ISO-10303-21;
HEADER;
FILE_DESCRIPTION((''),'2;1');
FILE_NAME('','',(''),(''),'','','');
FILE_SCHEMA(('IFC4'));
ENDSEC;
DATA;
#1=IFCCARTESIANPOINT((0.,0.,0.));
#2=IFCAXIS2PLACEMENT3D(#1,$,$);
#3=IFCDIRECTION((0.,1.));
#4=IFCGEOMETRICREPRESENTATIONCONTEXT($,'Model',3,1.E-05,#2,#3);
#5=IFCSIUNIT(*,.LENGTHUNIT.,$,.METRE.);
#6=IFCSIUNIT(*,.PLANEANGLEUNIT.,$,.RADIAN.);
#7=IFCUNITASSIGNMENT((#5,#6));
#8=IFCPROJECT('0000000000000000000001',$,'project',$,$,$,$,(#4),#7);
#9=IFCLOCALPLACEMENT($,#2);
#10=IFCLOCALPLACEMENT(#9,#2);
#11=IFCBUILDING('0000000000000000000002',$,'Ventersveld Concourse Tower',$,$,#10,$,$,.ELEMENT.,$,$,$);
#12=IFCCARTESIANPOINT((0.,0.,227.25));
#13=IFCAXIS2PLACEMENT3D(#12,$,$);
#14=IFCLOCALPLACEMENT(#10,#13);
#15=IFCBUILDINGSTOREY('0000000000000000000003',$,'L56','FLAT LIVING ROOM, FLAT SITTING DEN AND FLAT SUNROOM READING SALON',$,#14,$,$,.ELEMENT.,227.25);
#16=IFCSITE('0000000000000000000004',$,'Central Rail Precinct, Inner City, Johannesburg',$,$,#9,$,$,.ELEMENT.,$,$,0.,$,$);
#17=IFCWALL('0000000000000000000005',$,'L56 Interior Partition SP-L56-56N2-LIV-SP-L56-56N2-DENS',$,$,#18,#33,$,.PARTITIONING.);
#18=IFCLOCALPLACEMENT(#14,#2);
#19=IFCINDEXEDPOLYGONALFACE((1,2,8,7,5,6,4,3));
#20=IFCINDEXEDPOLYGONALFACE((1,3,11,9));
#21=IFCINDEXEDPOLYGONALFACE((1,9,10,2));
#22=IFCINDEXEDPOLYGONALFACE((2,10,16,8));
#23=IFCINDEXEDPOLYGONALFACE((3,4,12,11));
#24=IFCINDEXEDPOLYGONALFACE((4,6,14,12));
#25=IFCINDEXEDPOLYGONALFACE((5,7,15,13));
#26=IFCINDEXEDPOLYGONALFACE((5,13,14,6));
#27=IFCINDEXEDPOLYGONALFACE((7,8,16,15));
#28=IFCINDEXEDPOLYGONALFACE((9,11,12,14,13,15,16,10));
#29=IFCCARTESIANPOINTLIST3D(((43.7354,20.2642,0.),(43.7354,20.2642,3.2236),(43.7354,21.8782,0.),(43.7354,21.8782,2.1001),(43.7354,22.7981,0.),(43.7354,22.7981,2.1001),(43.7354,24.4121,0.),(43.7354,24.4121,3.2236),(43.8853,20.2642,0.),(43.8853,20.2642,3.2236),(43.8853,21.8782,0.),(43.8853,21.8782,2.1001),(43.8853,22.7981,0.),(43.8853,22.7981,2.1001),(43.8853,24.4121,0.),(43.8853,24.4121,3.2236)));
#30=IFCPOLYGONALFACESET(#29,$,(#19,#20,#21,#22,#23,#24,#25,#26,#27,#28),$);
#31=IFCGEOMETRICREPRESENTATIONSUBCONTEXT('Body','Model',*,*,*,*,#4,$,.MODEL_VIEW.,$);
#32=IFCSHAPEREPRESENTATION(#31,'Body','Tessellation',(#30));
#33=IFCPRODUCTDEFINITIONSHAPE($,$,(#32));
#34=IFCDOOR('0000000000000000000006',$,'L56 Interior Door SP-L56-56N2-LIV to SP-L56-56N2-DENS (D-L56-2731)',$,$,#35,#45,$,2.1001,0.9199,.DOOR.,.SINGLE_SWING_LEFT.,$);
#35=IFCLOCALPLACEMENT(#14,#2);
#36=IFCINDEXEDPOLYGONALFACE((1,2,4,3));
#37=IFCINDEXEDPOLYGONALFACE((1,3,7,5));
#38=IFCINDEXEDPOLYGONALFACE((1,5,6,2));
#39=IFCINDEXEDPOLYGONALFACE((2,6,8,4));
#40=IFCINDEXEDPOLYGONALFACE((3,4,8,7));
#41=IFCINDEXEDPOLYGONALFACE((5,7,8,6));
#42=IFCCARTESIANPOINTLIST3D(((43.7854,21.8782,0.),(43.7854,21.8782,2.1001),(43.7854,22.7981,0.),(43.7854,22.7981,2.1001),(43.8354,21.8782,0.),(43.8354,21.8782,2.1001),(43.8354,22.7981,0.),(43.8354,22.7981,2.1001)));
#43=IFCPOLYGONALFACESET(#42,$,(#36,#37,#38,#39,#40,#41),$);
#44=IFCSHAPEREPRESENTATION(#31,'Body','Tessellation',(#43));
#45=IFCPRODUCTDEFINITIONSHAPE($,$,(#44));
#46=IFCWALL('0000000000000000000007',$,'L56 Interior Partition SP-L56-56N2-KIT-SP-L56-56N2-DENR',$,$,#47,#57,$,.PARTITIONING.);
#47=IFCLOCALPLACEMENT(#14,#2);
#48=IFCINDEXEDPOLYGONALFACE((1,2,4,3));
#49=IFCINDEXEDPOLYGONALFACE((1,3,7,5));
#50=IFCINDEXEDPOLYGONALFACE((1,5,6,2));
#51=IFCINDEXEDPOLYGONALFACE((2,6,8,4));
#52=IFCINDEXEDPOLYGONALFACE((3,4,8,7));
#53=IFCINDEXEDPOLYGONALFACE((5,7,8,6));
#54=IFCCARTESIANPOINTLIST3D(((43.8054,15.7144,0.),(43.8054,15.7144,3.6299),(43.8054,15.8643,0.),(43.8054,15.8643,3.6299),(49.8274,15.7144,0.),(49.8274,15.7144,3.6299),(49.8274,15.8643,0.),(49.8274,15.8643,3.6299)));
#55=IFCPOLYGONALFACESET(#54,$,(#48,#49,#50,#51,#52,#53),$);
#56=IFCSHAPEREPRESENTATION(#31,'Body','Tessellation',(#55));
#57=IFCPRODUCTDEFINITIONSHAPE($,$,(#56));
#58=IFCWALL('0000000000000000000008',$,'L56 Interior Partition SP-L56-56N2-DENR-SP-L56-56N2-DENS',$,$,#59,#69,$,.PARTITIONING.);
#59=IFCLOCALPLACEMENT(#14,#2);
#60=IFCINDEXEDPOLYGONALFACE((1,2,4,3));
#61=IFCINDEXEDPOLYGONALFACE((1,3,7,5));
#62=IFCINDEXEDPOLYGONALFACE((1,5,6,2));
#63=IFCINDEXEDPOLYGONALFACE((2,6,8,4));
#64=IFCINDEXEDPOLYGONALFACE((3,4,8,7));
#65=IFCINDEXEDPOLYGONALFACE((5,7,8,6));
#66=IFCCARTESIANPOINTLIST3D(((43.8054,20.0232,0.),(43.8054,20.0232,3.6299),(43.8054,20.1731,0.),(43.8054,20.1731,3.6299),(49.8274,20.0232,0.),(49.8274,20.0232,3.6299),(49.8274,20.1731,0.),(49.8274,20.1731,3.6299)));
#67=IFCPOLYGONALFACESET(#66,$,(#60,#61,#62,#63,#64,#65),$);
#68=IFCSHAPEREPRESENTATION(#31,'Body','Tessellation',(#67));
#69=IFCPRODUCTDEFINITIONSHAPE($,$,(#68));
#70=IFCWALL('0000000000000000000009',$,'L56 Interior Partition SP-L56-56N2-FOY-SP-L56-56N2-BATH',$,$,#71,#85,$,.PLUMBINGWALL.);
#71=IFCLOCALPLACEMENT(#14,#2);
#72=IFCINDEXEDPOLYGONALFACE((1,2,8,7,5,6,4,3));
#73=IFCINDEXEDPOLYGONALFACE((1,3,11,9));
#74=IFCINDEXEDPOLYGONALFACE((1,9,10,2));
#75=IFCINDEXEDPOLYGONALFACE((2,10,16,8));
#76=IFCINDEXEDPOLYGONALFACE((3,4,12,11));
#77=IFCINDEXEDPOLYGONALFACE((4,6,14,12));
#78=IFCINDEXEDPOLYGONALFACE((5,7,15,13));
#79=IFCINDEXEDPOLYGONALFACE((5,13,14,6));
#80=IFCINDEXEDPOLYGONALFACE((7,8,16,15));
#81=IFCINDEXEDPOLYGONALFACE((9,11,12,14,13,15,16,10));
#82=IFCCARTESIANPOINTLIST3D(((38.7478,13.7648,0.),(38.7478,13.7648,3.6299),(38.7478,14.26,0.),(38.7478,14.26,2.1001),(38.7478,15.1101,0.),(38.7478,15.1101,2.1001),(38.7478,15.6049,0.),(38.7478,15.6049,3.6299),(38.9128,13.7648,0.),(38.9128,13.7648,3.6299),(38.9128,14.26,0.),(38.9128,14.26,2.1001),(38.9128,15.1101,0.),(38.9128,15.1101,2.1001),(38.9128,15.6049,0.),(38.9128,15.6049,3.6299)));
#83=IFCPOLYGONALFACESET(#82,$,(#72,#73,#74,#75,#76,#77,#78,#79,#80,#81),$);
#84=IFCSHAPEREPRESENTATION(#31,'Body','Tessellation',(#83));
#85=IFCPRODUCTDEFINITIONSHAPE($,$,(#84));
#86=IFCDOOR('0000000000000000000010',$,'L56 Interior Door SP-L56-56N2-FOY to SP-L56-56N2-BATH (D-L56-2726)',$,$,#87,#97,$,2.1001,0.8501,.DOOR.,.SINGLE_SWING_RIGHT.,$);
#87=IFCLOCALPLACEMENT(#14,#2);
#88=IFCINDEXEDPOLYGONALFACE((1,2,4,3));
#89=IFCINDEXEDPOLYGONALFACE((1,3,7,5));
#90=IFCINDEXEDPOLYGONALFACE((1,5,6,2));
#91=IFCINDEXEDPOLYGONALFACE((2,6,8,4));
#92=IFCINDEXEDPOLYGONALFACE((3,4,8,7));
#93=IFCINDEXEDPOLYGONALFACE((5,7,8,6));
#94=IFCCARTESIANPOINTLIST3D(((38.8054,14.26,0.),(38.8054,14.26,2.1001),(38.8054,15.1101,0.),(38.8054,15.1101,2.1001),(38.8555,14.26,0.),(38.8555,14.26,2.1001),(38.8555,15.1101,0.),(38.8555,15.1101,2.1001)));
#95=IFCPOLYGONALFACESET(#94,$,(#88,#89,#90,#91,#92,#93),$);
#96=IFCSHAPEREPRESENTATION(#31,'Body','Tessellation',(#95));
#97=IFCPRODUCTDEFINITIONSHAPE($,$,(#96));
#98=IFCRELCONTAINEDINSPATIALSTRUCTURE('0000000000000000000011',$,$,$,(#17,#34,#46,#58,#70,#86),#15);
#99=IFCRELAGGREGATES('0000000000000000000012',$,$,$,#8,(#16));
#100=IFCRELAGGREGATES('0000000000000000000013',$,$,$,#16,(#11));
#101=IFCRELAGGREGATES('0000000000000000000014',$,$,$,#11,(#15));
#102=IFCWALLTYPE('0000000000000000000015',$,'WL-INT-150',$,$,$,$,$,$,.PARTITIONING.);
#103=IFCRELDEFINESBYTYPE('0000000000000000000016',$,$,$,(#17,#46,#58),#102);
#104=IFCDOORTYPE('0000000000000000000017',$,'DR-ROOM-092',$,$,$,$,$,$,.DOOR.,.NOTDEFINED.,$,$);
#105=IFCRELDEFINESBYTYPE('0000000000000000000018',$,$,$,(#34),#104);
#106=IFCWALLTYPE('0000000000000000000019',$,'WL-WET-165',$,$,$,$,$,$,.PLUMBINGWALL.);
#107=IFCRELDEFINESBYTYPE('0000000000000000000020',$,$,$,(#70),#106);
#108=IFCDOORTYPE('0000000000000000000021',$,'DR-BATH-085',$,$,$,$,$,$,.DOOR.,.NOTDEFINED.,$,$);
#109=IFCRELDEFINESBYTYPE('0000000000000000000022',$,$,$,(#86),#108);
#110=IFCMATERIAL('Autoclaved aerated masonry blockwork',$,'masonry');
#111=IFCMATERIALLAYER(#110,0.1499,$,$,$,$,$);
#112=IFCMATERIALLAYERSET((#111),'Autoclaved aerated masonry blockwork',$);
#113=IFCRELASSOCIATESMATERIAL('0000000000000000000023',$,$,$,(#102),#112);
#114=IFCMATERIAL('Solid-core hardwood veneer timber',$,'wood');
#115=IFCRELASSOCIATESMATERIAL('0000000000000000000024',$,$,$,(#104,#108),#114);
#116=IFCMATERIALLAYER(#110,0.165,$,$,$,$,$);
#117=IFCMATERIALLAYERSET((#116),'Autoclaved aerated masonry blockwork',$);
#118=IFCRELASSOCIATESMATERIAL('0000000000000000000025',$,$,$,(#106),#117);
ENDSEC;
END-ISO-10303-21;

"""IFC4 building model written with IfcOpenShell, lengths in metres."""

from ifc_helpers import new_model, si_unit, direction, frame, frame_2d, origin, place, context, subcontext, project, spatial, rectangle, extrude, material, layer, layer_set, type_object, element, fill, save


model = new_model("IFC4")

# Units and contexts
model_context = context("Model", 3, precision=1e-05, world=origin(), true_north=direction((0.0, 1.0)))
body_context = subcontext(model_context, "Body", "Model", "MODEL_VIEW")
ifc_project = project(units=[si_unit("LENGTHUNIT", "METRE"), si_unit("PLANEANGLEUNIT", "RADIAN")], contexts=[model_context])

# Site, building, storey
site_placement = place(None, origin())
site = spatial("IfcSite", under=ifc_project, at=site_placement, Name="Central Rail Precinct, Inner City, Johannesburg", CompositionType="ELEMENT", RefElevation=0.0)
building_placement = place(site_placement, origin())
building = spatial("IfcBuilding", under=site, at=building_placement, Name="Ventersveld Concourse Tower", CompositionType="ELEMENT")
storey_placement = place(building_placement, frame((0.0, 0.0, 227.25)))
storey = spatial("IfcBuildingStorey", under=building, at=storey_placement, Name="L56", Description="FLAT LIVING ROOM, FLAT SITTING DEN AND FLAT SUNROOM READING SALON", CompositionType="ELEMENT", Elevation=227.25)

# Shared definitions
ifc_material_1 = material(Name="Solid-core hardwood veneer timber", Category="wood")

# Wall, opening, door
ifc_material_2 = material(Name="Autoclaved aerated masonry blockwork", Category="masonry")
ifc_layer_1 = layer(ifc_material_2, 0.1499)
ifc_layer_set_1 = layer_set([ifc_layer_1], Name="Autoclaved aerated masonry blockwork")
wall_type_1 = type_object("IfcWallType", Name="WL-INT-150", PredefinedType="PARTITIONING", material=ifc_layer_set_1)
door_type_1 = type_object("IfcDoorType", Name="DR-ROOM-092", OperationType="NOTDEFINED", PredefinedType="DOOR", material=ifc_material_1)
wall_1_placement = place(storey_placement, frame((43.8103, 20.2642, 0.0), z_axis=(0.0, 0.0, 1.0), x_axis=(0.0, 1.0, 0.0)))
wall_1 = element("IfcWall", 1, at=wall_1_placement, inside=storey, type_object=wall_type_1, Name="L56 Interior Partition SP-L56-56N2-LIV-SP-L56-56N2-DENS", PredefinedType="PARTITIONING", context=body_context, shape_type="SweptSolid", body=[
    extrude(rectangle(XDim=4.1479, YDim=0.1499, at=frame_2d((2.074, 0.0))), origin(), (0.0, 0.0, 1.0), 3.2236),
])
opening_1_placement = place(wall_1_placement, frame((1.614, 0.0, 0.0)))
opening_1 = element("IfcOpeningElement", 2, at=opening_1_placement, cuts=wall_1, PredefinedType="OPENING", context=body_context, shape_type="SweptSolid", body=[
    extrude(rectangle(XDim=0.9199, YDim=2.1001, at=frame_2d((0.46, 1.05))), frame((0.0, 0.085, 0.0), z_axis=(0.0, -1.0, 0.0), x_axis=(1.0, 0.0, 0.0)), (0.0, 0.0, 1.0), 0.1699),
])
door_1_placement = place(opening_1_placement, origin())
door_1 = element("IfcDoor", 3, at=door_1_placement, inside=storey, type_object=door_type_1, Name="L56 Interior Door SP-L56-56N2-LIV to SP-L56-56N2-DENS (D-L56-2731)", OperationType="SINGLE_SWING_LEFT", OverallHeight=2.1001, OverallWidth=0.9199, PredefinedType="DOOR", context=body_context, shape_type="SweptSolid", body=[
    extrude(rectangle(XDim=0.9199, YDim=2.1001, at=frame_2d((0.46, 1.05))), frame((0.0, 0.0249, 0.0), z_axis=(0.0, -1.0, 0.0), x_axis=(1.0, 0.0, 0.0)), (0.0, 0.0, 1.0), 0.05),
])
fill(opening_1, door_1)

# Walls
for number, where, z_axis, x_axis, name in (
    (4, (43.8054, 15.7893, 0.0), (0.0, 0.0, 1.0), (1.0, 0.0, 0.0), "L56 Interior Partition SP-L56-56N2-KIT-SP-L56-56N2-DENR"),
    (5, (43.8054, 20.0981, 0.0), (0.0, 0.0, 1.0), (1.0, 0.0, 0.0), "L56 Interior Partition SP-L56-56N2-DENR-SP-L56-56N2-DENS"),
):
    element("IfcWall", number, at=place(storey_placement, frame(where, z_axis=z_axis, x_axis=x_axis)), inside=storey, type_object=wall_type_1, Name=name, PredefinedType="PARTITIONING", context=body_context, shape_type="SweptSolid", body=[
        extrude(rectangle(XDim=6.022, YDim=0.1499, at=frame_2d((3.011, 0.0))), origin(), (0.0, 0.0, 1.0), 3.6299),
    ])

# Wall, opening, door
ifc_layer_2 = layer(ifc_material_2, 0.165)
ifc_layer_set_2 = layer_set([ifc_layer_2], Name="Autoclaved aerated masonry blockwork")
wall_type_2 = type_object("IfcWallType", Name="WL-WET-165", PredefinedType="PLUMBINGWALL", material=ifc_layer_set_2)
wall_2_placement = place(storey_placement, frame((38.8303, 13.7649, 0.0), z_axis=(0.0, 0.0, 1.0), x_axis=(0.0, 1.0, 0.0)))
wall_2 = element("IfcWall", 6, at=wall_2_placement, inside=storey, type_object=wall_type_2, Name="L56 Interior Partition SP-L56-56N2-FOY-SP-L56-56N2-BATH", PredefinedType="PLUMBINGWALL", context=body_context, shape_type="SweptSolid", body=[
    extrude(rectangle(XDim=1.8401, YDim=0.165, at=frame_2d((0.9199, 0.0))), origin(), (0.0, 0.0, 1.0), 3.6299),
])
opening_2_placement = place(wall_2_placement, frame((0.4951, 0.0, 0.0)))
opening_2 = element("IfcOpeningElement", 7, at=opening_2_placement, cuts=wall_2, PredefinedType="OPENING", context=body_context, shape_type="SweptSolid", body=[
    extrude(rectangle(XDim=0.8501, YDim=2.1001, at=frame_2d((0.425, 1.05))), frame((0.0, 0.0925, 0.0), z_axis=(0.0, -1.0, 0.0), x_axis=(1.0, 0.0, 0.0)), (0.0, 0.0, 1.0), 0.1851),
])
door_type_2 = type_object("IfcDoorType", Name="DR-BATH-085", OperationType="NOTDEFINED", PredefinedType="DOOR", material=ifc_material_1)
door_2_placement = place(opening_2_placement, origin())
door_2 = element("IfcDoor", 8, at=door_2_placement, inside=storey, type_object=door_type_2, Name="L56 Interior Door SP-L56-56N2-FOY to SP-L56-56N2-BATH (D-L56-2726)", OperationType="SINGLE_SWING_RIGHT", OverallHeight=2.1001, OverallWidth=0.8501, PredefinedType="DOOR", context=body_context, shape_type="SweptSolid", body=[
    extrude(rectangle(XDim=0.8501, YDim=2.1001, at=frame_2d((0.425, 1.05))), frame((0.0, 0.0249, 0.0), z_axis=(0.0, -1.0, 0.0), x_axis=(1.0, 0.0, 0.0)), (0.0, 0.0, 1.0), 0.05),
])
fill(opening_2, door_2)

save(model, "model.ifc")
